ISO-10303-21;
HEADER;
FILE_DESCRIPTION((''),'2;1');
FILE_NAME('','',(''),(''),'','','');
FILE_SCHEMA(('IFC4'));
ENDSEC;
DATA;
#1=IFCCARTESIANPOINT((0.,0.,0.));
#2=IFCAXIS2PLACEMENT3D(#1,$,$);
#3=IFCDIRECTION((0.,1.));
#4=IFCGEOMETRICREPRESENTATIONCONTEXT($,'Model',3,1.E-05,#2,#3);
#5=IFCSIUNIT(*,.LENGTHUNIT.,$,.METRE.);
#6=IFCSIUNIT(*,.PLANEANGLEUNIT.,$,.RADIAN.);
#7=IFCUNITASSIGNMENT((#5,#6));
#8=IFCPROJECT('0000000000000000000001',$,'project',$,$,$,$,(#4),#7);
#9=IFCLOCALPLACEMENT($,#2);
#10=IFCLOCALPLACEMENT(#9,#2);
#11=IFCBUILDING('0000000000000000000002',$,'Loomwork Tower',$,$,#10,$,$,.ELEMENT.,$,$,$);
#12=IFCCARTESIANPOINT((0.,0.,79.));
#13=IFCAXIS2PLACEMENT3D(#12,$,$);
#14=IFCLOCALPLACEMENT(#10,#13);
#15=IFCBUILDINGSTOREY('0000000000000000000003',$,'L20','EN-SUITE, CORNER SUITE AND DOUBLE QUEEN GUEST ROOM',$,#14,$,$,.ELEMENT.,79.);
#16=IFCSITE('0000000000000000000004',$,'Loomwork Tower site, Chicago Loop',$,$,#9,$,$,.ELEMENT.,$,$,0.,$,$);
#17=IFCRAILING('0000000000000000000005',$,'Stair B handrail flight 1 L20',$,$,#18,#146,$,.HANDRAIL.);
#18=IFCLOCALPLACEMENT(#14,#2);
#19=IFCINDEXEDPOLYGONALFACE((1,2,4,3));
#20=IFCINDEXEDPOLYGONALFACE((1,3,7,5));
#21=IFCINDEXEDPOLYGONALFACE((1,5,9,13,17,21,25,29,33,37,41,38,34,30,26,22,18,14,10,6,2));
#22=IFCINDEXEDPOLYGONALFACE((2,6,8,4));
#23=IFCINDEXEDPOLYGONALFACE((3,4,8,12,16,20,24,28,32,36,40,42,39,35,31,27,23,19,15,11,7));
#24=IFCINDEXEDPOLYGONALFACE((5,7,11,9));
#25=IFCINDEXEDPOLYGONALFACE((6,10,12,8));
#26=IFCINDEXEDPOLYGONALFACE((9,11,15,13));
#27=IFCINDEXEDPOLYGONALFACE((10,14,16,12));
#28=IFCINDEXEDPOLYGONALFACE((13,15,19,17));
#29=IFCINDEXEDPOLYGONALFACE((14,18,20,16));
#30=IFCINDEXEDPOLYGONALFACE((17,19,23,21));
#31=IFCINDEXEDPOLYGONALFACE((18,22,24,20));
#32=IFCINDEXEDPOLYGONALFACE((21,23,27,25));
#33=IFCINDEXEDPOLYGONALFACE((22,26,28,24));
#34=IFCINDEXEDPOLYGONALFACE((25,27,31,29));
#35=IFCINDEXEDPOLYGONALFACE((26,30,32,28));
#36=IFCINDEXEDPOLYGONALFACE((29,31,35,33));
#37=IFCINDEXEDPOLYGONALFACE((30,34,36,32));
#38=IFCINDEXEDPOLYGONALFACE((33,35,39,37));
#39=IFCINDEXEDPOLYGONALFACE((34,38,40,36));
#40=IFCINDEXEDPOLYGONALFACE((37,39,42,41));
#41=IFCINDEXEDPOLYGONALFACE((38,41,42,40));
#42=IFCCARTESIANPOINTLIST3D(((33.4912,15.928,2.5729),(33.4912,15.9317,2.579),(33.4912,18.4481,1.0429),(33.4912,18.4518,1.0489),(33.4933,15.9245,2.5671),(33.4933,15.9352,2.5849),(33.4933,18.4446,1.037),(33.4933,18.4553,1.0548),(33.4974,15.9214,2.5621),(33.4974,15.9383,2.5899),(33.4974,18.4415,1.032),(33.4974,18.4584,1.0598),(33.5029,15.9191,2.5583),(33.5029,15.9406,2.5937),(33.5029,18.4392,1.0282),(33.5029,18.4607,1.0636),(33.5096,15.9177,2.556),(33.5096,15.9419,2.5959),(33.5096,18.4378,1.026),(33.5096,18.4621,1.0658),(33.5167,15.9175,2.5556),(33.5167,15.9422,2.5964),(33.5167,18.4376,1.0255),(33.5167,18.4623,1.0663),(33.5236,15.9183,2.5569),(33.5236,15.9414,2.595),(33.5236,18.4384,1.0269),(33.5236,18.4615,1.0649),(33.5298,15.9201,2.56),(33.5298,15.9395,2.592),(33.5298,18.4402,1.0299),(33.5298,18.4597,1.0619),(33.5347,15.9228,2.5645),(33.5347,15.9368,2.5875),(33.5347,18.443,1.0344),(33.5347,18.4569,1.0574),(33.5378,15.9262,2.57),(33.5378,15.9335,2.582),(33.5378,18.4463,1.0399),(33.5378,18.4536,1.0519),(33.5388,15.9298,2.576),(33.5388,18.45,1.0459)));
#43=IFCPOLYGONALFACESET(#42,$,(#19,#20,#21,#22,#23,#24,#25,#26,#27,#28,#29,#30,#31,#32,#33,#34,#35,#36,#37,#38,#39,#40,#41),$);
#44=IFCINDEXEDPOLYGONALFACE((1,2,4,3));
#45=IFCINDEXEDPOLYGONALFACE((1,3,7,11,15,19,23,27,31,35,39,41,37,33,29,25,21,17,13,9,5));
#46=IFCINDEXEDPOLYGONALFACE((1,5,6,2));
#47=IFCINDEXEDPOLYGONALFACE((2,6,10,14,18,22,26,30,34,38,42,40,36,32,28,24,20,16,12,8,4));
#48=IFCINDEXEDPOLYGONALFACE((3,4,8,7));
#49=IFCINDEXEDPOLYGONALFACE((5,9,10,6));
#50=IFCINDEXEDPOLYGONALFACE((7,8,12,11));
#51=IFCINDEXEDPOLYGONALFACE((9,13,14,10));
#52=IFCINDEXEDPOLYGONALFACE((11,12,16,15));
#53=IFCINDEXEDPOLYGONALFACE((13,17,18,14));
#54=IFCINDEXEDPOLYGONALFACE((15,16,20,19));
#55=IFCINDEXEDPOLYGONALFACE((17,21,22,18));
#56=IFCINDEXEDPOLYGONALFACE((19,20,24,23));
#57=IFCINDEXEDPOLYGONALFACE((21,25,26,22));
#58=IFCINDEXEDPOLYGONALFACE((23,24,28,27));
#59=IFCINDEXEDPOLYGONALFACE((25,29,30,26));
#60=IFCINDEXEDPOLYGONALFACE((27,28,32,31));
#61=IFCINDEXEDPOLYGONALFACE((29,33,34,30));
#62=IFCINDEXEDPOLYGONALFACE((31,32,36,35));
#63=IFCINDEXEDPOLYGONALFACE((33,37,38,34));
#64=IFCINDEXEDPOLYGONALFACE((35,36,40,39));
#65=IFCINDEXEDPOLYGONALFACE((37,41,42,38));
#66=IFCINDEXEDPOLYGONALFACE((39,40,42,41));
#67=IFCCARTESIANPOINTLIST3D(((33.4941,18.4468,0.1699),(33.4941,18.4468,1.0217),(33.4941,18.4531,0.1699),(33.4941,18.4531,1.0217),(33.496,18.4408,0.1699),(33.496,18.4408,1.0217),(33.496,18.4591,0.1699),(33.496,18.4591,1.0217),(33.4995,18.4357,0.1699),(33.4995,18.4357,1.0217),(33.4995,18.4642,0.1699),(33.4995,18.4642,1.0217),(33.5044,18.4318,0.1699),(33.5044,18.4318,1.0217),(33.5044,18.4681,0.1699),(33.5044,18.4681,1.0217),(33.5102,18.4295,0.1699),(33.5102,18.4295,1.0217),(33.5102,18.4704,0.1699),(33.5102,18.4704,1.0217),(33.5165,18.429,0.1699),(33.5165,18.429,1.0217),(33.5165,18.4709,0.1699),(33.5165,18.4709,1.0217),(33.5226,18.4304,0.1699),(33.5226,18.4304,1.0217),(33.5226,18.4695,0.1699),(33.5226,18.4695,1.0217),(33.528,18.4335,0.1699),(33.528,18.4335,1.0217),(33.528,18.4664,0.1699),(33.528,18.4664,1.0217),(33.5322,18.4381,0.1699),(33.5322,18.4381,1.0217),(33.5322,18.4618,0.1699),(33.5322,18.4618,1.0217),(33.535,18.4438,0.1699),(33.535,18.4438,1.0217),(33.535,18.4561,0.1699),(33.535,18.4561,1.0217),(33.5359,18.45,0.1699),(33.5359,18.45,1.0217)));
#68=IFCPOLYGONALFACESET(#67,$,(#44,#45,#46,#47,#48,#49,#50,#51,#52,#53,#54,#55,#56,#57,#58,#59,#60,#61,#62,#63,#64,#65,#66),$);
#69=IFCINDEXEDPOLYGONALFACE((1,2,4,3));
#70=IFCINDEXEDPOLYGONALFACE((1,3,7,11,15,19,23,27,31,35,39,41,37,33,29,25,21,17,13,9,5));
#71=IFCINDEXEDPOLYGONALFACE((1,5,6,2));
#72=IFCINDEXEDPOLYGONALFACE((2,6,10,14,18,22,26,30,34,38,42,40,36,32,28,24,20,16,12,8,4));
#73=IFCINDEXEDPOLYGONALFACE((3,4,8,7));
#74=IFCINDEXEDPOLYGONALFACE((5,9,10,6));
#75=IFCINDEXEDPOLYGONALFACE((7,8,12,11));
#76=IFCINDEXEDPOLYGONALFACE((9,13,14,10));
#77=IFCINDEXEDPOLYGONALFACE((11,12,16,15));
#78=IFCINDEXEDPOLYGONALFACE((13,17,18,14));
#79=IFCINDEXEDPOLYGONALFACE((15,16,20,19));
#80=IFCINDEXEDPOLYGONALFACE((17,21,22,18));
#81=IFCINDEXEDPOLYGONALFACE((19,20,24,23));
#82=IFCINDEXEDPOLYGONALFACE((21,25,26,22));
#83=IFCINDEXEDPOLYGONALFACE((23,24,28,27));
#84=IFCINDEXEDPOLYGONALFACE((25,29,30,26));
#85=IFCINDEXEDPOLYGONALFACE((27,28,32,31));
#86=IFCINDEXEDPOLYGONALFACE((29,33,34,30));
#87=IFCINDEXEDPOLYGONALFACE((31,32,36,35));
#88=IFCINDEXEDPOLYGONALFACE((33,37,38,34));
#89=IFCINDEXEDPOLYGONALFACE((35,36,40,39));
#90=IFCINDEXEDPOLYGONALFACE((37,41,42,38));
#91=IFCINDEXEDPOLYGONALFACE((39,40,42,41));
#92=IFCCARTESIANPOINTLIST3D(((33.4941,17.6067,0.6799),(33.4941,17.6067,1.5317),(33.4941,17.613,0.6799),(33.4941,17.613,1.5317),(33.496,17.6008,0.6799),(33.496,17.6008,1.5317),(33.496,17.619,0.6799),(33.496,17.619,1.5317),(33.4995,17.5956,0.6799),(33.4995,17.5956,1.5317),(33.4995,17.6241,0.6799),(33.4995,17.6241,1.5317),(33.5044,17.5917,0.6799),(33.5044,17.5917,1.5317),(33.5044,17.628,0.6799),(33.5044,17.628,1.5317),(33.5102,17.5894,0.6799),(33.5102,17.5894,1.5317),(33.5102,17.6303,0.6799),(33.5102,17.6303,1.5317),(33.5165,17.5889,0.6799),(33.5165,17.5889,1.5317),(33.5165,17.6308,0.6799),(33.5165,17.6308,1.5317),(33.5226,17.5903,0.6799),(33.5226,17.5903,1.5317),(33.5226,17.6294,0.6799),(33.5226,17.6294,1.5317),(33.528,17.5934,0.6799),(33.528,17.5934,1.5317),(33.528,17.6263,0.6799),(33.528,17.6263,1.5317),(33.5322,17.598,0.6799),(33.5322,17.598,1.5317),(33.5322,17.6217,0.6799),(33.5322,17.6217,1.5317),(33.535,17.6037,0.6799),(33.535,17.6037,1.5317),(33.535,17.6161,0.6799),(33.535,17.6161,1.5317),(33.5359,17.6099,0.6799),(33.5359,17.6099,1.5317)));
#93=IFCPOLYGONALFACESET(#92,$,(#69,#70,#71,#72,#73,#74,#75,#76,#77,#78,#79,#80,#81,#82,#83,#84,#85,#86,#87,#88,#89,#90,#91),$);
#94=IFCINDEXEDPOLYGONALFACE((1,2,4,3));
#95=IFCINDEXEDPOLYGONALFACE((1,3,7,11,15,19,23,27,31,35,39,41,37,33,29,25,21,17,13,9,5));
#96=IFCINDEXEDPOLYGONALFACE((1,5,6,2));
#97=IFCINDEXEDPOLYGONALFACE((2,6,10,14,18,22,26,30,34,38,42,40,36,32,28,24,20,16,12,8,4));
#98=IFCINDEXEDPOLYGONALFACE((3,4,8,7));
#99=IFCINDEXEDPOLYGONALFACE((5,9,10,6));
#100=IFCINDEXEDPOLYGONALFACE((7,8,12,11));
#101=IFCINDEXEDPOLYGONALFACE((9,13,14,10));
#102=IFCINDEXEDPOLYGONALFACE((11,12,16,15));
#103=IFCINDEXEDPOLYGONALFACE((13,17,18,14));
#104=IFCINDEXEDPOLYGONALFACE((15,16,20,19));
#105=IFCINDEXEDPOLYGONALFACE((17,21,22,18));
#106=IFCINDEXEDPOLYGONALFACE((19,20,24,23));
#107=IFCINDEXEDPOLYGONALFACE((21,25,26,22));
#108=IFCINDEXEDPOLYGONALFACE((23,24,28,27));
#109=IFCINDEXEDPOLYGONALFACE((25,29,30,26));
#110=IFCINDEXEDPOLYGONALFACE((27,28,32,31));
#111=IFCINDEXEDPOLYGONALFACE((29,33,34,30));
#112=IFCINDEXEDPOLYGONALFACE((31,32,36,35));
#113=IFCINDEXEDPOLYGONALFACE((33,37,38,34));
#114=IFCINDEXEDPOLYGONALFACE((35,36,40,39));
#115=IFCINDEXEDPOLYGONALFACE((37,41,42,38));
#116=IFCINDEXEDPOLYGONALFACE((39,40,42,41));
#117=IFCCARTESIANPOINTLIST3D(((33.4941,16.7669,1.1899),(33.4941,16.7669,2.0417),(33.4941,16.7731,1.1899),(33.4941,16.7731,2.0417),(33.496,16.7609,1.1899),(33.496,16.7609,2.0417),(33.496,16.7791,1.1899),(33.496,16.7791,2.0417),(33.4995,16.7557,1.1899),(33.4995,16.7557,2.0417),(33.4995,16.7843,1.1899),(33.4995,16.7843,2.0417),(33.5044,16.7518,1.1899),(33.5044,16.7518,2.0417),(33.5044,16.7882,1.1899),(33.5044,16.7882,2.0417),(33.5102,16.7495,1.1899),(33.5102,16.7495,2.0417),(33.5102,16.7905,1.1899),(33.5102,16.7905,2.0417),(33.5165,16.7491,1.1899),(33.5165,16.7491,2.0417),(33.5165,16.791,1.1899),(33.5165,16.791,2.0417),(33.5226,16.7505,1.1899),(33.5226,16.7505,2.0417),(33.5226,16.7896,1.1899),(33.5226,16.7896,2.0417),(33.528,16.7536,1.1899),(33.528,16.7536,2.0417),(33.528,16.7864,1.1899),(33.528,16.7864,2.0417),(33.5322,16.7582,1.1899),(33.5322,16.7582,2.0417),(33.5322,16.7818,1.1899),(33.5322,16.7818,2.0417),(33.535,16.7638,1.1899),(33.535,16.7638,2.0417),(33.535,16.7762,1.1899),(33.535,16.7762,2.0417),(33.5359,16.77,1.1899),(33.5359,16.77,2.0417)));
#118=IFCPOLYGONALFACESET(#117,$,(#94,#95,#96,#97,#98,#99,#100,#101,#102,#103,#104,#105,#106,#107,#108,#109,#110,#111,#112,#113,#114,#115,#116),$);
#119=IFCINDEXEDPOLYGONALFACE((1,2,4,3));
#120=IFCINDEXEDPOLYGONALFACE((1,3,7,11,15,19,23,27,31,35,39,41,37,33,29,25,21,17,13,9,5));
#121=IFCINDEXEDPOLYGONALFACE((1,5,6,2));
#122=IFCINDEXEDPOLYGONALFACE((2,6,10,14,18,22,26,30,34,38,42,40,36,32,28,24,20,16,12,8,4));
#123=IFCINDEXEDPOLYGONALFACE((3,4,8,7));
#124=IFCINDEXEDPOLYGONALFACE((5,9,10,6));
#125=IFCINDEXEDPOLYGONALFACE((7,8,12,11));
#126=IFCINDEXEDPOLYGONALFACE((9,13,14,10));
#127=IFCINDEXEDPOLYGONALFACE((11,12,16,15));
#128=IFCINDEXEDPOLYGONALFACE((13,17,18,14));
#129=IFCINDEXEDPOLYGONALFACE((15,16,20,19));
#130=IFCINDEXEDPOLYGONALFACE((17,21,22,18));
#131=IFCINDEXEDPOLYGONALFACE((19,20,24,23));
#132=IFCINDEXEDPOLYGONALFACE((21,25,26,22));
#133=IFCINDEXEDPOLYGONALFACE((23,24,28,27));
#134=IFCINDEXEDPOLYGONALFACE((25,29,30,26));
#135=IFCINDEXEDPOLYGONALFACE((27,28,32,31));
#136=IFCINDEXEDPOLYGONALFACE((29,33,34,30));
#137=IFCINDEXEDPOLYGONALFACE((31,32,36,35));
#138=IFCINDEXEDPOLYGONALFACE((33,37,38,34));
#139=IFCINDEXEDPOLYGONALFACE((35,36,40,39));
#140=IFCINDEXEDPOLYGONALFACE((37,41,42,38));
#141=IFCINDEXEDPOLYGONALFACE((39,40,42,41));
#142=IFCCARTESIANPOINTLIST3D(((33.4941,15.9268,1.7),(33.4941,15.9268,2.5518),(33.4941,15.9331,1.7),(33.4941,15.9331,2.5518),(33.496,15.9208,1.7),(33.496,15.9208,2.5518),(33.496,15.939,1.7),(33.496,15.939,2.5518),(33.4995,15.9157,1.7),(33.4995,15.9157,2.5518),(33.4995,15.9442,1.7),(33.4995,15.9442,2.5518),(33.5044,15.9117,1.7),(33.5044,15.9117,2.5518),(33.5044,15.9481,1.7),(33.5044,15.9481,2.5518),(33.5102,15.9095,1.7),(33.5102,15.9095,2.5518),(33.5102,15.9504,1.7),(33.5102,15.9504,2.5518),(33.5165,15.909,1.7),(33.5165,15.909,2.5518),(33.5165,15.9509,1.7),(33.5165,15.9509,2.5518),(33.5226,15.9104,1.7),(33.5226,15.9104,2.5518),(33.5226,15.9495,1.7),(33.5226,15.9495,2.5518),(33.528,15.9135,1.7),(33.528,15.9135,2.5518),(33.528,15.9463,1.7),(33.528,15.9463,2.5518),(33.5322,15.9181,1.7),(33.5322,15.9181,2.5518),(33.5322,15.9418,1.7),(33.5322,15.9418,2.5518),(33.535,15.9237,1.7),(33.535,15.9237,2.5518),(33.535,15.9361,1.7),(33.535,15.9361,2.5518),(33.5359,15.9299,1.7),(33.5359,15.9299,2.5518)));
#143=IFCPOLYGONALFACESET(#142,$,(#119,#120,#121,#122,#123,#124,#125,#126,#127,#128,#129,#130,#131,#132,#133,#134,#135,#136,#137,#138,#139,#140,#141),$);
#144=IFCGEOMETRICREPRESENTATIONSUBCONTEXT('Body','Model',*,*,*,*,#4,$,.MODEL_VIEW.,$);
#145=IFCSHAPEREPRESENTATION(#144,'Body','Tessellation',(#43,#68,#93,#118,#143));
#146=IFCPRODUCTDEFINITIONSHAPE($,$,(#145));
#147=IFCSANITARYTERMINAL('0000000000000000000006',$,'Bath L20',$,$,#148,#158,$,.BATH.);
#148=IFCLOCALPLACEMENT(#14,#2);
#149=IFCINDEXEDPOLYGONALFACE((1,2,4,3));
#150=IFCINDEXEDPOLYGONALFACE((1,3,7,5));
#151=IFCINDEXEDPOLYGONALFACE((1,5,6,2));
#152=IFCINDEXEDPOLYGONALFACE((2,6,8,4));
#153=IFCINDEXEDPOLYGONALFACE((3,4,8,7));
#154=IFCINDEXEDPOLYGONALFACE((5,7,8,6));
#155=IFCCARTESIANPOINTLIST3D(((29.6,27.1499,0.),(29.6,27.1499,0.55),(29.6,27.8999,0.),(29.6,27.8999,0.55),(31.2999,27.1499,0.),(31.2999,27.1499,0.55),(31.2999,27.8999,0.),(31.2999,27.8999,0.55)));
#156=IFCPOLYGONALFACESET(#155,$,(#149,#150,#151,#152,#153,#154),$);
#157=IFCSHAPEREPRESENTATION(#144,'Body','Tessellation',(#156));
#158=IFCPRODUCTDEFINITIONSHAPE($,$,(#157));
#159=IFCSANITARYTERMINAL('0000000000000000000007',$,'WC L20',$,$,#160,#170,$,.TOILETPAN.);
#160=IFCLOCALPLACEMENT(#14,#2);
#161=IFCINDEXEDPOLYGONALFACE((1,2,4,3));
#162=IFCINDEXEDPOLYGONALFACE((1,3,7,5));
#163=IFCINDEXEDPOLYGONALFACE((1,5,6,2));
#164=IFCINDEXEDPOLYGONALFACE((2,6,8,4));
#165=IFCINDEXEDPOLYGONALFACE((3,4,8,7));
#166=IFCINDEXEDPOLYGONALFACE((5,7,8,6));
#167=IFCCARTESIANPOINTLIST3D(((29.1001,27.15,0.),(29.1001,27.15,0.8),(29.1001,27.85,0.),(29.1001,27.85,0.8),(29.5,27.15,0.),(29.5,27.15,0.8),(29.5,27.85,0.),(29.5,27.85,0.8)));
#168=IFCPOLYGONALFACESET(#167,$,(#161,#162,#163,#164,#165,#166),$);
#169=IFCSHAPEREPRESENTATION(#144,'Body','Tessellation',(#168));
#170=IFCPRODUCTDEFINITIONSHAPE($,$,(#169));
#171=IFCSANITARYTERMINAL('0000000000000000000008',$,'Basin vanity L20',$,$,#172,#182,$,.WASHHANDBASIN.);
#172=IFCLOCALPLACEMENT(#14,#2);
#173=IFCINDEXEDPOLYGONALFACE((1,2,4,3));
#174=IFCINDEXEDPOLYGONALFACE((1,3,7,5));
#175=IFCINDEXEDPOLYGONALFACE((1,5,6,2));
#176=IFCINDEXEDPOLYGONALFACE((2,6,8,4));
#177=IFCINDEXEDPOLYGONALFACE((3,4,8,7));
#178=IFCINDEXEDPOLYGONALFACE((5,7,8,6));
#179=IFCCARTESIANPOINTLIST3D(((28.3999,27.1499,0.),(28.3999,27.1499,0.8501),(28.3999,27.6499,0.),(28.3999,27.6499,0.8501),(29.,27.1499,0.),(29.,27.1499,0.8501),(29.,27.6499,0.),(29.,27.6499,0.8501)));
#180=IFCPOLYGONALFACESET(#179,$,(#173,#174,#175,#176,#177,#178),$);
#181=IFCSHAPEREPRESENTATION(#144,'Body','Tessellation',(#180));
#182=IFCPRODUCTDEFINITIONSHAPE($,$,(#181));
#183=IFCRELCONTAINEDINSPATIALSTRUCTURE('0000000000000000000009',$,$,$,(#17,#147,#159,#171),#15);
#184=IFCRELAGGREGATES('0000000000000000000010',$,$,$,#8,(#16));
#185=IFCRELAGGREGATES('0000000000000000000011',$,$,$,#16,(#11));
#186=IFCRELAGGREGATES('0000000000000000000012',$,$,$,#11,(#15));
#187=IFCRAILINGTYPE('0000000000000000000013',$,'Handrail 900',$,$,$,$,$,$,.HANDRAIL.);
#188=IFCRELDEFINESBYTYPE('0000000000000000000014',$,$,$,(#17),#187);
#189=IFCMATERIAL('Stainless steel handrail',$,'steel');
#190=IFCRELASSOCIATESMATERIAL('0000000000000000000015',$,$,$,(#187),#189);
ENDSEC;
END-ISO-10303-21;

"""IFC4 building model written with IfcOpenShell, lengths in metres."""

from ifc_helpers import new_model, si_unit, direction, frame, origin, origin_2d, place, context, subcontext, project, spatial, rectangle, circle, extrude, material, type_object, element, save


model = new_model("IFC4")

# Units and contexts
model_context = context("Model", 3, precision=1e-05, world=origin(), true_north=direction((0.0, 1.0)))
body_context = subcontext(model_context, "Body", "Model", "MODEL_VIEW")
ifc_project = project(units=[si_unit("LENGTHUNIT", "METRE"), si_unit("PLANEANGLEUNIT", "RADIAN")], contexts=[model_context])

# Site, building, storey
site_placement = place(None, origin())
site = spatial("IfcSite", under=ifc_project, at=site_placement, Name="Loomwork Tower site, Chicago Loop", CompositionType="ELEMENT", RefElevation=0.0)
building_placement = place(site_placement, origin())
building = spatial("IfcBuilding", under=site, at=building_placement, Name="Loomwork Tower", CompositionType="ELEMENT")
storey_placement = place(building_placement, frame((0.0, 0.0, 79.0)))
storey = spatial("IfcBuildingStorey", under=building, at=storey_placement, Name="L20", Description="EN-SUITE, CORNER SUITE AND DOUBLE QUEEN GUEST ROOM", CompositionType="ELEMENT", Elevation=79.0)

# Railing
ifc_material_1 = material(Name="Stainless steel handrail", Category="steel")
railing_type = type_object("IfcRailingType", Name="Handrail 900", PredefinedType="HANDRAIL", material=ifc_material_1)
railing_placement = place(storey_placement, frame((33.5149, 18.45, 0.1699)))
element("IfcRailing", 1, at=railing_placement, inside=storey, type_object=railing_type, Name="Stair B handrail flight 1 L20", PredefinedType="HANDRAIL", context=body_context, shape_type="SweptSolid", body=[
    extrude(circle(Radius=0.0239, at=origin_2d()), frame((0.0, 0.0, 0.876), z_axis=(0.0, -0.854785, 0.518982), x_axis=(1.0, 0.0, 0.0)), (0.0, 0.0, 1.0), 2.9482),
    extrude(circle(Radius=0.021, at=origin_2d()), origin(), (0.0, 0.0, 1.0), 0.8518),
    extrude(circle(Radius=0.021, at=origin_2d()), frame((0.0, -0.8401, 0.51)), (0.0, 0.0, 1.0), 0.8518),
    extrude(circle(Radius=0.021, at=origin_2d()), frame((0.0, -1.6799, 1.02)), (0.0, 0.0, 1.0), 0.8518),
    extrude(circle(Radius=0.021, at=origin_2d()), frame((0.0, -2.52, 1.53)), (0.0, 0.0, 1.0), 0.8518),
])

# Sanitary terminals
sanitary_terminal_1_placement = place(storey_placement, frame((30.45, 27.5249, 0.0), z_axis=(0.0, 0.0, 1.0), x_axis=(1.0, 0.0, 0.0)))
element("IfcSanitaryTerminal", 2, at=sanitary_terminal_1_placement, inside=storey, Name="Bath L20", PredefinedType="BATH", context=body_context, shape_type="SweptSolid", body=[
    extrude(rectangle(XDim=1.7, YDim=0.75, at=origin_2d()), origin(), (0.0, 0.0, 1.0), 0.55),
])
sanitary_terminal_2_placement = place(storey_placement, frame((29.3, 27.5, 0.0), z_axis=(0.0, 0.0, 1.0), x_axis=(1.0, 0.0, 0.0)))
element("IfcSanitaryTerminal", 3, at=sanitary_terminal_2_placement, inside=storey, Name="WC L20", PredefinedType="TOILETPAN", context=body_context, shape_type="SweptSolid", body=[
    extrude(rectangle(XDim=0.3999, YDim=0.7, at=origin_2d()), origin(), (0.0, 0.0, 1.0), 0.8),
])
sanitary_terminal_3_placement = place(storey_placement, frame((28.7, 27.3999, 0.0), z_axis=(0.0, 0.0, 1.0), x_axis=(1.0, 0.0, 0.0)))
element("IfcSanitaryTerminal", 4, at=sanitary_terminal_3_placement, inside=storey, Name="Basin vanity L20", PredefinedType="WASHHANDBASIN", context=body_context, shape_type="SweptSolid", body=[
    extrude(rectangle(XDim=0.6001, YDim=0.5, at=origin_2d()), origin(), (0.0, 0.0, 1.0), 0.8501),
])

save(model, "model.ifc")
